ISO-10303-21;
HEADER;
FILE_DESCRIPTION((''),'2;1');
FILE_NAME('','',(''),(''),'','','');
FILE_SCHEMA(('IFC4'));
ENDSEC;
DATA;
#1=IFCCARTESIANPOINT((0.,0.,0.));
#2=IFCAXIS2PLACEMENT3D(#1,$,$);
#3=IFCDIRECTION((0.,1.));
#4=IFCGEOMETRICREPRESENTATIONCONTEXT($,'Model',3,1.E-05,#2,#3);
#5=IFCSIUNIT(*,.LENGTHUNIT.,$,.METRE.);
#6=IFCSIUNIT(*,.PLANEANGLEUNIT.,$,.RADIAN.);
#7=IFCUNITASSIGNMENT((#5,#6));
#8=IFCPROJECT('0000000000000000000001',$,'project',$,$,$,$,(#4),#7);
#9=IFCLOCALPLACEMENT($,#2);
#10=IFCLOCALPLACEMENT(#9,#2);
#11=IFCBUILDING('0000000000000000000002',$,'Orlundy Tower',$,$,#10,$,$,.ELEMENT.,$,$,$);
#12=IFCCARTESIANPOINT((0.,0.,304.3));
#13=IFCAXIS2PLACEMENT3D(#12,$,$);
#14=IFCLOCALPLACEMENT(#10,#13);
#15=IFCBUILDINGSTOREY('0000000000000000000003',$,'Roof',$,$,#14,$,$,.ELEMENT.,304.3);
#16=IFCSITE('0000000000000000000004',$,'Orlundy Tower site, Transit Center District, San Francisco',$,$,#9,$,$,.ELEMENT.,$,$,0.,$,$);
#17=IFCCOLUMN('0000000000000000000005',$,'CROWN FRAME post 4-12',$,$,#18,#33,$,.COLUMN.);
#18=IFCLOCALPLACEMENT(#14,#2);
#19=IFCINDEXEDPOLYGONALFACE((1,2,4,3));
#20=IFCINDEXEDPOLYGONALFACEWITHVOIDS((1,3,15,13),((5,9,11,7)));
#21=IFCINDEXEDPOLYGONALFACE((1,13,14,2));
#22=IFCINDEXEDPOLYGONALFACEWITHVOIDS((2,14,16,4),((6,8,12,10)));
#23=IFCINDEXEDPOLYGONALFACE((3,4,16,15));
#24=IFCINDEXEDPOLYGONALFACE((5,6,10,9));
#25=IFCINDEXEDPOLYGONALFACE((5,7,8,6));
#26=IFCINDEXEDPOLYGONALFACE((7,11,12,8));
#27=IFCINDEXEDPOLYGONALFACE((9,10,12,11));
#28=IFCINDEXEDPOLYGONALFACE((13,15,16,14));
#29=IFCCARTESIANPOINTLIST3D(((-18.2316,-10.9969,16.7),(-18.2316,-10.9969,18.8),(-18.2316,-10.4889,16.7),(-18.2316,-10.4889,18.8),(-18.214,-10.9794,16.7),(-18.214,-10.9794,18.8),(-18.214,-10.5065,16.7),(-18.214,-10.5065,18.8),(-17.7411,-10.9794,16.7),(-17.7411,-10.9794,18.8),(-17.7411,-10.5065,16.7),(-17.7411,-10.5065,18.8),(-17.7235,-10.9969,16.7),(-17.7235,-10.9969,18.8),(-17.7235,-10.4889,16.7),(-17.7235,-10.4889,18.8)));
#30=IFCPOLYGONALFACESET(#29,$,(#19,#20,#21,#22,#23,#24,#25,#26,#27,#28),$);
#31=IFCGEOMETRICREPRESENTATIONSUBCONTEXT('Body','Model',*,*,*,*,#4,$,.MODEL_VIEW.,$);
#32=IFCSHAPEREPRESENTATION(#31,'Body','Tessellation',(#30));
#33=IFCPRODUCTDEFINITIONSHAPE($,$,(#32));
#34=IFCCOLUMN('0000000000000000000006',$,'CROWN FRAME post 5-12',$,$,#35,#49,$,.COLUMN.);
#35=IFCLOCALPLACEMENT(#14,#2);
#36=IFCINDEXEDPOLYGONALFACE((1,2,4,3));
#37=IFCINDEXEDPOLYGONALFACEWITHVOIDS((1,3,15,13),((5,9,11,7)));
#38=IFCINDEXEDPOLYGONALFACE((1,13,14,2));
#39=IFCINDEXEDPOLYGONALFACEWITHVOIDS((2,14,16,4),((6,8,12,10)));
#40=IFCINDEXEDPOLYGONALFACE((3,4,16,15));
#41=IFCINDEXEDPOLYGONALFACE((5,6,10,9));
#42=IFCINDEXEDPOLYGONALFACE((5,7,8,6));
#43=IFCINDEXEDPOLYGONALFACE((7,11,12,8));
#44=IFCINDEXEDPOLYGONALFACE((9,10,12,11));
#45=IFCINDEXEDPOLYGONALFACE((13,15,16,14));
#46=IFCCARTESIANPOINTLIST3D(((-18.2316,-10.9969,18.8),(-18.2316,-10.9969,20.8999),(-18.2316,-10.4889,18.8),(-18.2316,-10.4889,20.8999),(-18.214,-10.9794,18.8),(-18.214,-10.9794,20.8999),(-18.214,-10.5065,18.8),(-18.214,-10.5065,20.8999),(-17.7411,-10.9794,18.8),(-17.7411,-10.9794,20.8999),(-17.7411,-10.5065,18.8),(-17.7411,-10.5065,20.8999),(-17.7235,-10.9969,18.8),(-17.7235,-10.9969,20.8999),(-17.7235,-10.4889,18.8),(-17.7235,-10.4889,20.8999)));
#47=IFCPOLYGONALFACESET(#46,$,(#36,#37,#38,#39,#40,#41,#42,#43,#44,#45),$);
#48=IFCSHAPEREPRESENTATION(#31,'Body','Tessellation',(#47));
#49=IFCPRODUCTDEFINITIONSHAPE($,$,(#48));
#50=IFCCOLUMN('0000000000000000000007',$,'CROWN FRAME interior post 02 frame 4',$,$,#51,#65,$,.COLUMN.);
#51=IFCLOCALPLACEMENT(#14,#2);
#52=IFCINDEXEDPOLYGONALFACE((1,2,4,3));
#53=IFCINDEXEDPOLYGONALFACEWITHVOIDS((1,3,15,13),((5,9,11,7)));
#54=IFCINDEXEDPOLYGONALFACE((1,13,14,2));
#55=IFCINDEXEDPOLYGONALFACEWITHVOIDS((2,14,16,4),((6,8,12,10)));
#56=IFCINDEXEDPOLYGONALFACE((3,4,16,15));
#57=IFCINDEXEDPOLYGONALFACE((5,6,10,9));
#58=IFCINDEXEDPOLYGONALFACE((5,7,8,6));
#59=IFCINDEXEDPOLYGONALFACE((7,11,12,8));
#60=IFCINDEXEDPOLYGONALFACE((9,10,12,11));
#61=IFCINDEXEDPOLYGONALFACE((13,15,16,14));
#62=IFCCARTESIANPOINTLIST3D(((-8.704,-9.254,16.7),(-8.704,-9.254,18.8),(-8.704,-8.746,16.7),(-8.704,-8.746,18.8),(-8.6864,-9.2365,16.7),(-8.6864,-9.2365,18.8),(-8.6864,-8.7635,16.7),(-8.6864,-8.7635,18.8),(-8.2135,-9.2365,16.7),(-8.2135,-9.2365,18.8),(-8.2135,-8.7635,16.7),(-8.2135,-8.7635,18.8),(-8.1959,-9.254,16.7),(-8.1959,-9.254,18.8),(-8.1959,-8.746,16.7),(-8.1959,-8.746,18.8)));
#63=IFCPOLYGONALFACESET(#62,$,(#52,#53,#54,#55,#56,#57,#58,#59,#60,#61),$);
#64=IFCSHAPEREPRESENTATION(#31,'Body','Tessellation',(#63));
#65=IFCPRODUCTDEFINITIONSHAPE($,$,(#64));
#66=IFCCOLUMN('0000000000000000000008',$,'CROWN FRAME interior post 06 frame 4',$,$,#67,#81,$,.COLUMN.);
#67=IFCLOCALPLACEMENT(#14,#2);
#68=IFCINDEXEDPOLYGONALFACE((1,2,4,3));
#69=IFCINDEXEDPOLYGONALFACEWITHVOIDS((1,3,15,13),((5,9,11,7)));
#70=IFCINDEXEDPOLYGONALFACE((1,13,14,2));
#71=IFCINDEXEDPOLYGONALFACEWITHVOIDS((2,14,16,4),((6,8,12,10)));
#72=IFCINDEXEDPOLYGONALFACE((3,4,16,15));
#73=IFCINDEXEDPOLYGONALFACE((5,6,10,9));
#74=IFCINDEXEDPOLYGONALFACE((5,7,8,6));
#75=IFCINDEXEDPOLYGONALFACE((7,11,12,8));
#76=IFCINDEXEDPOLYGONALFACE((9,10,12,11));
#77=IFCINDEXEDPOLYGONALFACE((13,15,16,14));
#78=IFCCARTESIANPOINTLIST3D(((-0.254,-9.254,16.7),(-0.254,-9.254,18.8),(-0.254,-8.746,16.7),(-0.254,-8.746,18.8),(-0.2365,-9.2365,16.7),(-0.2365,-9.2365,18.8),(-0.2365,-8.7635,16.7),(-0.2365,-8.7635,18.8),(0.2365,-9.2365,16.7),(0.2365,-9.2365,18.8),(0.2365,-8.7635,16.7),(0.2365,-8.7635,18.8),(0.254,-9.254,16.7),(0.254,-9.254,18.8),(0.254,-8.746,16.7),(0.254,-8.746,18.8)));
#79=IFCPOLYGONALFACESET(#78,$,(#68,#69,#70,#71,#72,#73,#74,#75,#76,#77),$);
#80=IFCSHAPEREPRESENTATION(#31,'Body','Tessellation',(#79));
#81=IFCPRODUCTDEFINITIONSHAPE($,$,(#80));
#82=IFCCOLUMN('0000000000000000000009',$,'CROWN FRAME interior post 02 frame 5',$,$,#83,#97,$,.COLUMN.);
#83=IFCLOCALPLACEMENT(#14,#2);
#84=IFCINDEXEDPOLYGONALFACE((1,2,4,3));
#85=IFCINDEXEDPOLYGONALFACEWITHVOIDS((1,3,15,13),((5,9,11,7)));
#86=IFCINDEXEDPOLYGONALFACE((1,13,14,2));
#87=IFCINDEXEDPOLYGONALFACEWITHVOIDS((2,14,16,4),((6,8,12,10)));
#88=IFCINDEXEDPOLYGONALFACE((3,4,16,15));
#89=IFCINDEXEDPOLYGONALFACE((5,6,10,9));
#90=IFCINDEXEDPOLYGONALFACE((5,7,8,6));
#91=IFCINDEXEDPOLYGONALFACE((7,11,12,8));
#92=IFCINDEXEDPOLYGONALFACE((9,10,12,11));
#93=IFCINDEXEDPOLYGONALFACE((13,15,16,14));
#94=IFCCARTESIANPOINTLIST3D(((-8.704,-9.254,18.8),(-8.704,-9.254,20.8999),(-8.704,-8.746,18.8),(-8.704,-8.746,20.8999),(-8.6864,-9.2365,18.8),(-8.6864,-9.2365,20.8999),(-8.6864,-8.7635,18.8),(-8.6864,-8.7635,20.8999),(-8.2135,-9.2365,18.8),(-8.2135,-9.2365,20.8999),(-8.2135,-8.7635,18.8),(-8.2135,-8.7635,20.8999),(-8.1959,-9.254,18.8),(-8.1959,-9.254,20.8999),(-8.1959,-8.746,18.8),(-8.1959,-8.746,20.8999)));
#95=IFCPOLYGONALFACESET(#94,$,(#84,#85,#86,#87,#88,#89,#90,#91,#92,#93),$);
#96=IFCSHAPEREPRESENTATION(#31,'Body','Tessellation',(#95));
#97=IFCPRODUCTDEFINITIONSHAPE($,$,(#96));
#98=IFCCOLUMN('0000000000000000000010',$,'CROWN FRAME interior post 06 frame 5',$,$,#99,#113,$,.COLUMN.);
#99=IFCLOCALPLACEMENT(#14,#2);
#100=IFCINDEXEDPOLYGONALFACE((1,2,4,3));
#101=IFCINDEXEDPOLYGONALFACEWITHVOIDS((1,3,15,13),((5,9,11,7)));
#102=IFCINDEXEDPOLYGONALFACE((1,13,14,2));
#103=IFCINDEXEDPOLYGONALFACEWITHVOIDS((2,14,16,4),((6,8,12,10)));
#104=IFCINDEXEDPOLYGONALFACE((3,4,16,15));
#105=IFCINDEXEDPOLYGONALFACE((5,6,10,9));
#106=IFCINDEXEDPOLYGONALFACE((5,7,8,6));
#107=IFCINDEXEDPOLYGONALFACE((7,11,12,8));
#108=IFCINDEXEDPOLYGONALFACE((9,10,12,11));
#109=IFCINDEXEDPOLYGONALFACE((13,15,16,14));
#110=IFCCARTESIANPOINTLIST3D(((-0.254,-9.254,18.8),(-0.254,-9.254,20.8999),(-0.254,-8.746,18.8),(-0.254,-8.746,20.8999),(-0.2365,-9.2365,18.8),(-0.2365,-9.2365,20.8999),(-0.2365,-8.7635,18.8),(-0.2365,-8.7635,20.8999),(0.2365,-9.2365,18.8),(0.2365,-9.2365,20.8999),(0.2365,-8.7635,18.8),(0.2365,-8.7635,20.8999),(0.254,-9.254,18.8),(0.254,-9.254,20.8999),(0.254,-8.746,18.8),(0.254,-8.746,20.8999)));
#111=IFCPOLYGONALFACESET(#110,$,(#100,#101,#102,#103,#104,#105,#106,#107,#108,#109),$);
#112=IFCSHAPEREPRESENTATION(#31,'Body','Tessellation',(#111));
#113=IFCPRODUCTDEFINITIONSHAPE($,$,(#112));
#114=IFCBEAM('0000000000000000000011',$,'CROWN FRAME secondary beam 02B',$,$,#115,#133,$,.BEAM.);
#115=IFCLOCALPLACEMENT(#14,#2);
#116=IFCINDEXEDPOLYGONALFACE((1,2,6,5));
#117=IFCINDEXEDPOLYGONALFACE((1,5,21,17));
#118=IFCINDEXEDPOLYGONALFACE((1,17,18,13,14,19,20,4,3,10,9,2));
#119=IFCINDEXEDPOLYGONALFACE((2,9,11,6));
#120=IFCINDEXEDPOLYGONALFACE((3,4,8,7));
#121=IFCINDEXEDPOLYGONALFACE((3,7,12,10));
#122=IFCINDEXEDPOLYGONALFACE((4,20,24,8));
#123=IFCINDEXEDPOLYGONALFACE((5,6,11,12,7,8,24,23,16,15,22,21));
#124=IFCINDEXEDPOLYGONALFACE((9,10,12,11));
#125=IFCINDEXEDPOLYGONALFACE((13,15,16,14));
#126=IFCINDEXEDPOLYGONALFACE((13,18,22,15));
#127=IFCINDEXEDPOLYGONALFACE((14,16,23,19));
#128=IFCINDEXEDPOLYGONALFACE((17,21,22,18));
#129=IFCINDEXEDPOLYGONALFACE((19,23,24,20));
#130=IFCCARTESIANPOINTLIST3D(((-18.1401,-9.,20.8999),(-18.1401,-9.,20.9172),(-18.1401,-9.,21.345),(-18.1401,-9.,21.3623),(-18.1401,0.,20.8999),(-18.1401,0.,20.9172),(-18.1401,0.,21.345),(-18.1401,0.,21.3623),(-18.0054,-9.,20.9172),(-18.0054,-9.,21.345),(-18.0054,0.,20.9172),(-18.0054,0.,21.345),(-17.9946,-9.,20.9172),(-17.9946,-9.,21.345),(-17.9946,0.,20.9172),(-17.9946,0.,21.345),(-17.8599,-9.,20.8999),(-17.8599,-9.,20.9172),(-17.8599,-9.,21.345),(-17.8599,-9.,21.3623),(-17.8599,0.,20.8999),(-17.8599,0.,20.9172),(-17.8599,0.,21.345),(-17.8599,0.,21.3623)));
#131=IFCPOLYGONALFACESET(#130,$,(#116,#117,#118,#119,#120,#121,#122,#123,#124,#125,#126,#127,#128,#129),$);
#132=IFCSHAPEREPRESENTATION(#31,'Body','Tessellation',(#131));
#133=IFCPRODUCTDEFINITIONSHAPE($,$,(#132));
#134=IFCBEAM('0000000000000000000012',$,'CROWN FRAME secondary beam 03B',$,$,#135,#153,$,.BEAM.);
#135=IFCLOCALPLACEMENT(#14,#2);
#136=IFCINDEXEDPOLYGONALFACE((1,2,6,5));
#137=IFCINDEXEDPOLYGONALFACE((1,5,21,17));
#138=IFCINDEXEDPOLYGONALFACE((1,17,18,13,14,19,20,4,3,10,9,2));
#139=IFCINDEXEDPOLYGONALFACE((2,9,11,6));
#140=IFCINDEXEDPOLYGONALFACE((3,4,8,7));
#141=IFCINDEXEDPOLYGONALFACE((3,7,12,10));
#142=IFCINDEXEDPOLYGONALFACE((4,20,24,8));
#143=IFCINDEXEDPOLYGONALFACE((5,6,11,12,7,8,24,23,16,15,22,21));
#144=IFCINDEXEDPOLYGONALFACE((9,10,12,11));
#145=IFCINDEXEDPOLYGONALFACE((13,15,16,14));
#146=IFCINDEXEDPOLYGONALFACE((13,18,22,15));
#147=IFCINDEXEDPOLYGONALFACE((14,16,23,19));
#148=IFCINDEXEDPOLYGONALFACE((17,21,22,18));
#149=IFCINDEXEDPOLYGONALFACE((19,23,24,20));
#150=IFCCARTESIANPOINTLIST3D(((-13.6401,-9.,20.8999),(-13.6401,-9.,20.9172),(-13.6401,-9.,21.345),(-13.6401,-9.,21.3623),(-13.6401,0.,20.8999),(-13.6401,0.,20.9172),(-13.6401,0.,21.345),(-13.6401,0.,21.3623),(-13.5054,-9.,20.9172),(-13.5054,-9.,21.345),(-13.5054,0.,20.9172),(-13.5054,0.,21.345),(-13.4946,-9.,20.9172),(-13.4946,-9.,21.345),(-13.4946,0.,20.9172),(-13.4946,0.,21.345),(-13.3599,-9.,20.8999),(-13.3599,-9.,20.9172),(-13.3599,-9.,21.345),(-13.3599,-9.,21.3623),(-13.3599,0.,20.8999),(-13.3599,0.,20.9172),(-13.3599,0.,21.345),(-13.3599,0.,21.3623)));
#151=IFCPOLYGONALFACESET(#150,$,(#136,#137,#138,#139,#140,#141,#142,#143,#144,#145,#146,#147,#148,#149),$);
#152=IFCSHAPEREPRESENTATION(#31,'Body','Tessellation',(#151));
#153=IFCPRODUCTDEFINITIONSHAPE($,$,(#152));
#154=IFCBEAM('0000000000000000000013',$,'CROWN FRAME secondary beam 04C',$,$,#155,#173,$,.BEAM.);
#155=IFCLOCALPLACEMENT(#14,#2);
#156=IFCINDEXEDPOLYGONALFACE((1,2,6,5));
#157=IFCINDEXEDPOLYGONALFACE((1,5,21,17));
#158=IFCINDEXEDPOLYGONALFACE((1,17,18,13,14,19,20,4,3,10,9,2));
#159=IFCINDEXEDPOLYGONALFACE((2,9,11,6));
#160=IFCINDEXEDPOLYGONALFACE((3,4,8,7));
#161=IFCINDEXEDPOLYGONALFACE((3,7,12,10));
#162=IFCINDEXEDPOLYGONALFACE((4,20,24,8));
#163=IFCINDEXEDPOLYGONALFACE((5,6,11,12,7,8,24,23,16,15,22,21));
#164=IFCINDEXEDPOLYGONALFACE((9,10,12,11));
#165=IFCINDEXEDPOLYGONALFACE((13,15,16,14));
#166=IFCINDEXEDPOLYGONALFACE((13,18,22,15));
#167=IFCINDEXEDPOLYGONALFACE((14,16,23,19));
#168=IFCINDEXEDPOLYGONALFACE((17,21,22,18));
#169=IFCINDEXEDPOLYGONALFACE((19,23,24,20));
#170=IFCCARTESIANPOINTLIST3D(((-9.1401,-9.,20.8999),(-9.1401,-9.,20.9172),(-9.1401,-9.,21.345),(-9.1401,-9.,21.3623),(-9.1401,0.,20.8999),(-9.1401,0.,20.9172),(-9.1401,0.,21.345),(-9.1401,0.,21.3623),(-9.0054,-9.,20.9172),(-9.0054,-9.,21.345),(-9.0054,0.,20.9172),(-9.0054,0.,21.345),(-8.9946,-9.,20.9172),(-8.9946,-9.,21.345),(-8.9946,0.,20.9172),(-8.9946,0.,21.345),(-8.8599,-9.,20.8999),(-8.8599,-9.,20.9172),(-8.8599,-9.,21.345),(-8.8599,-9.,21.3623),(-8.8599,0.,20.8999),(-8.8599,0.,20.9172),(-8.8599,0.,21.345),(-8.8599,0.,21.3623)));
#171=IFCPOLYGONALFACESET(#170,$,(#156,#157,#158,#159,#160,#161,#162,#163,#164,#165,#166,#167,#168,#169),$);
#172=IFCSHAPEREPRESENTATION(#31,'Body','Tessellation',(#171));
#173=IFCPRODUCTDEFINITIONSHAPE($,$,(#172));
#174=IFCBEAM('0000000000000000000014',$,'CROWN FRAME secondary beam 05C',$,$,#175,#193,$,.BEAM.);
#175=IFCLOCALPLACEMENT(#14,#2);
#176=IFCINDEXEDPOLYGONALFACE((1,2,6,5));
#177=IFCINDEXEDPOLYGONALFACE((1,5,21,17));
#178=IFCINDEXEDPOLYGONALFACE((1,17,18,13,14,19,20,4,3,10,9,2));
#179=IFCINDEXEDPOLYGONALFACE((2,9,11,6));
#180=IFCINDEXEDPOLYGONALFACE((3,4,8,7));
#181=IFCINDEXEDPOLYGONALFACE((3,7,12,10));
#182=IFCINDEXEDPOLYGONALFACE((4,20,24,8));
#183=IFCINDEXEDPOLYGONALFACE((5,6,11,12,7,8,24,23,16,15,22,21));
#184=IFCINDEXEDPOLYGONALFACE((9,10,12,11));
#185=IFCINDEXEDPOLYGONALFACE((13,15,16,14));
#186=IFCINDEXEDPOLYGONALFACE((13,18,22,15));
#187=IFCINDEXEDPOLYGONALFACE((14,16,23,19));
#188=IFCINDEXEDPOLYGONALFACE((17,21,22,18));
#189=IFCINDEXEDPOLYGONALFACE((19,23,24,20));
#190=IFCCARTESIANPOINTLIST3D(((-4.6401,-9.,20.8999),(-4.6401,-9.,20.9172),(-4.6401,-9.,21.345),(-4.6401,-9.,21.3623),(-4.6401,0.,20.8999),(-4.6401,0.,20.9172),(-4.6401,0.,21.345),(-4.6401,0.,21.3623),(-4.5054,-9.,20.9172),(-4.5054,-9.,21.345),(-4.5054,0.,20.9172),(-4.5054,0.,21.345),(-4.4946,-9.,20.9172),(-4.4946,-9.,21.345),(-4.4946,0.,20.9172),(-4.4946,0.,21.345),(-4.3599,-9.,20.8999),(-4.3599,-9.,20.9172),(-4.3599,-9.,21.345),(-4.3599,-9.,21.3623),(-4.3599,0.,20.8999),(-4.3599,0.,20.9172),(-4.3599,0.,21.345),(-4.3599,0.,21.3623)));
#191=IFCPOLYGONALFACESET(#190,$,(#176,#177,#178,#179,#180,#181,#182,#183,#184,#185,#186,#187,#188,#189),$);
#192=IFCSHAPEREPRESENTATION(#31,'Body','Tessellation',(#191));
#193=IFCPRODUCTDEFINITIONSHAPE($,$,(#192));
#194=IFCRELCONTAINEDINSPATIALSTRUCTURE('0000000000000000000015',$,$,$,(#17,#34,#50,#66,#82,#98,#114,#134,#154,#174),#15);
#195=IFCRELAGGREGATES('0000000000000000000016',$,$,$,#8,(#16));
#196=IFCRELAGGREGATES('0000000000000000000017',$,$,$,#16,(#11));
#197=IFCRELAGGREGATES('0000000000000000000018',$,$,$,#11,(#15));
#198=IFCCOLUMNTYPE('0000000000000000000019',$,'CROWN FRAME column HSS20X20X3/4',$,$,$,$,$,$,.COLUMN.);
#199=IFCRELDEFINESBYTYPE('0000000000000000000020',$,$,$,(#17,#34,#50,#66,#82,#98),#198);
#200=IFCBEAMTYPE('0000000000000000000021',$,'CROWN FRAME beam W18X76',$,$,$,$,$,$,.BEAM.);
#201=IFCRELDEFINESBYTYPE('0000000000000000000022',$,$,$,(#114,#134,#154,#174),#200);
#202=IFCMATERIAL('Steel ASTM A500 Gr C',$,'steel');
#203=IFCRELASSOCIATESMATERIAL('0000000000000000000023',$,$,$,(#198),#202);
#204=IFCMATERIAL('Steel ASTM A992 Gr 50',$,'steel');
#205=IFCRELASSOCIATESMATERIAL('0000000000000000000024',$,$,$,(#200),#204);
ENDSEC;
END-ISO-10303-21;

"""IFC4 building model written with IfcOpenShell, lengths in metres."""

from ifc_helpers import new_model, si_unit, direction, frame, origin, origin_2d, place, context, subcontext, project, spatial, hollow_rectangle, i_section, extrude, material, material_profile, profile_set, type_object, element, save


model = new_model("IFC4")

# Units and contexts
model_context = context("Model", 3, precision=1e-05, world=origin(), true_north=direction((0.0, 1.0)))
body_context = subcontext(model_context, "Body", "Model", "MODEL_VIEW")
ifc_project = project(units=[si_unit("LENGTHUNIT", "METRE"), si_unit("PLANEANGLEUNIT", "RADIAN")], contexts=[model_context])

# Site, building, storey
site_placement = place(None, origin())
site = spatial("IfcSite", under=ifc_project, at=site_placement, Name="Orlundy Tower site, Transit Center District, San Francisco", CompositionType="ELEMENT", RefElevation=0.0)
building_placement = place(site_placement, origin())
building = spatial("IfcBuilding", under=site, at=building_placement, Name="Orlundy Tower", CompositionType="ELEMENT")
storey_placement = place(building_placement, frame((0.0, 0.0, 304.3)))
storey = spatial("IfcBuildingStorey", under=building, at=storey_placement, Name="Roof", CompositionType="ELEMENT", Elevation=304.3)

# Columns
ifc_material_1 = material(Name="Steel ASTM A500 Gr C", Category="steel")
ifc_material_profile_1 = material_profile(ifc_material_1, hollow_rectangle(XDim=0.5081, YDim=0.5081, WallThickness=0.0176, at=origin_2d()), Name="HSS20X20X3/4")
ifc_profile_set_1 = profile_set([ifc_material_profile_1], Name="Steel ASTM A500 Gr C")
column_type = type_object("IfcColumnType", Name="CROWN FRAME column HSS20X20X3/4", PredefinedType="COLUMN", material=ifc_profile_set_1)
column_1_placement = place(storey_placement, frame((-17.9775, -10.7429, 16.7), z_axis=(0.0, 0.0, 1.0), x_axis=(1.0, 0.0, 0.0)))
element("IfcColumn", 1, at=column_1_placement, inside=storey, type_object=column_type, Name="CROWN FRAME post 4-12", PredefinedType="COLUMN", context=body_context, shape_type="SweptSolid", body=[
    extrude(hollow_rectangle(XDim=0.5081, YDim=0.5081, WallThickness=0.0176, at=origin_2d()), origin(), (0.0, 0.0, 1.0), 2.1001),
])
column_2_placement = place(storey_placement, frame((-17.9775, -10.7429, 18.8), z_axis=(0.0, 0.0, 1.0), x_axis=(1.0, 0.0, 0.0)))
element("IfcColumn", 2, at=column_2_placement, inside=storey, type_object=column_type, Name="CROWN FRAME post 5-12", PredefinedType="COLUMN", context=body_context, shape_type="SweptSolid", body=[
    extrude(hollow_rectangle(XDim=0.5081, YDim=0.5081, WallThickness=0.0176, at=origin_2d()), origin(), (0.0, 0.0, 1.0), 2.0999),
])
for number, where, z_axis, x_axis, name in (
    (3, (-8.45, -9.0, 16.7), (0.0, 0.0, 1.0), (1.0, 0.0, 0.0), "CROWN FRAME interior post 02 frame 4"),
    (4, (0.0, -9.0, 16.7), (0.0, 0.0, 1.0), (1.0, 0.0, 0.0), "CROWN FRAME interior post 06 frame 4"),
):
    element("IfcColumn", number, at=place(storey_placement, frame(where, z_axis=z_axis, x_axis=x_axis)), inside=storey, type_object=column_type, Name=name, PredefinedType="COLUMN", context=body_context, shape_type="SweptSolid", body=[
        extrude(hollow_rectangle(XDim=0.5081, YDim=0.5081, WallThickness=0.0176, at=origin_2d()), origin(), (0.0, 0.0, 1.0), 2.1001),
    ])
for number, where, z_axis, x_axis, name in (
    (5, (-8.45, -9.0, 18.8), (0.0, 0.0, 1.0), (1.0, 0.0, 0.0), "CROWN FRAME interior post 02 frame 5"),
    (6, (0.0, -9.0, 18.8), (0.0, 0.0, 1.0), (1.0, 0.0, 0.0), "CROWN FRAME interior post 06 frame 5"),
):
    element("IfcColumn", number, at=place(storey_placement, frame(where, z_axis=z_axis, x_axis=x_axis)), inside=storey, type_object=column_type, Name=name, PredefinedType="COLUMN", context=body_context, shape_type="SweptSolid", body=[
        extrude(hollow_rectangle(XDim=0.5081, YDim=0.5081, WallThickness=0.0176, at=origin_2d()), origin(), (0.0, 0.0, 1.0), 2.0999),
    ])

# Beams
ifc_material_2 = material(Name="Steel ASTM A992 Gr 50", Category="steel")
ifc_material_profile_2 = material_profile(ifc_material_2, i_section(OverallWidth=0.2803, OverallDepth=0.4624, WebThickness=0.0107, FlangeThickness=0.0173, at=origin_2d()), Name="W18X76")
ifc_profile_set_2 = profile_set([ifc_material_profile_2], Name="Steel ASTM A992 Gr 50")
beam_type_1 = type_object("IfcBeamType", Name="CROWN FRAME beam W18X76", PredefinedType="BEAM", material=ifc_profile_set_2)
for number, where, z_axis, x_axis, name in (
    (7, (-18.0, -9.0, 21.1311), (0.0, 1.0, 0.0), (-1.0, 0.0, 0.0), "CROWN FRAME secondary beam 02B"),
    (8, (-13.5, -9.0, 21.1311), (0.0, 1.0, 0.0), (-1.0, 0.0, 0.0), "CROWN FRAME secondary beam 03B"),
    (9, (-9.0, -9.0, 21.1311), (0.0, 1.0, 0.0), (-1.0, 0.0, 0.0), "CROWN FRAME secondary beam 04C"),
    (10, (-4.5, -9.0, 21.1311), (0.0, 1.0, 0.0), (-1.0, 0.0, 0.0), "CROWN FRAME secondary beam 05C"),
):
    element("IfcBeam", number, at=place(storey_placement, frame(where, z_axis=z_axis, x_axis=x_axis)), inside=storey, type_object=beam_type_1, Name=name, PredefinedType="BEAM", context=body_context, shape_type="SweptSolid", body=[
        extrude(i_section(OverallWidth=0.2803, OverallDepth=0.4624, WebThickness=0.0107, FlangeThickness=0.0173, at=origin_2d()), origin(), (0.0, 0.0, 1.0), 9.0),
    ])

save(model, "model.ifc")
